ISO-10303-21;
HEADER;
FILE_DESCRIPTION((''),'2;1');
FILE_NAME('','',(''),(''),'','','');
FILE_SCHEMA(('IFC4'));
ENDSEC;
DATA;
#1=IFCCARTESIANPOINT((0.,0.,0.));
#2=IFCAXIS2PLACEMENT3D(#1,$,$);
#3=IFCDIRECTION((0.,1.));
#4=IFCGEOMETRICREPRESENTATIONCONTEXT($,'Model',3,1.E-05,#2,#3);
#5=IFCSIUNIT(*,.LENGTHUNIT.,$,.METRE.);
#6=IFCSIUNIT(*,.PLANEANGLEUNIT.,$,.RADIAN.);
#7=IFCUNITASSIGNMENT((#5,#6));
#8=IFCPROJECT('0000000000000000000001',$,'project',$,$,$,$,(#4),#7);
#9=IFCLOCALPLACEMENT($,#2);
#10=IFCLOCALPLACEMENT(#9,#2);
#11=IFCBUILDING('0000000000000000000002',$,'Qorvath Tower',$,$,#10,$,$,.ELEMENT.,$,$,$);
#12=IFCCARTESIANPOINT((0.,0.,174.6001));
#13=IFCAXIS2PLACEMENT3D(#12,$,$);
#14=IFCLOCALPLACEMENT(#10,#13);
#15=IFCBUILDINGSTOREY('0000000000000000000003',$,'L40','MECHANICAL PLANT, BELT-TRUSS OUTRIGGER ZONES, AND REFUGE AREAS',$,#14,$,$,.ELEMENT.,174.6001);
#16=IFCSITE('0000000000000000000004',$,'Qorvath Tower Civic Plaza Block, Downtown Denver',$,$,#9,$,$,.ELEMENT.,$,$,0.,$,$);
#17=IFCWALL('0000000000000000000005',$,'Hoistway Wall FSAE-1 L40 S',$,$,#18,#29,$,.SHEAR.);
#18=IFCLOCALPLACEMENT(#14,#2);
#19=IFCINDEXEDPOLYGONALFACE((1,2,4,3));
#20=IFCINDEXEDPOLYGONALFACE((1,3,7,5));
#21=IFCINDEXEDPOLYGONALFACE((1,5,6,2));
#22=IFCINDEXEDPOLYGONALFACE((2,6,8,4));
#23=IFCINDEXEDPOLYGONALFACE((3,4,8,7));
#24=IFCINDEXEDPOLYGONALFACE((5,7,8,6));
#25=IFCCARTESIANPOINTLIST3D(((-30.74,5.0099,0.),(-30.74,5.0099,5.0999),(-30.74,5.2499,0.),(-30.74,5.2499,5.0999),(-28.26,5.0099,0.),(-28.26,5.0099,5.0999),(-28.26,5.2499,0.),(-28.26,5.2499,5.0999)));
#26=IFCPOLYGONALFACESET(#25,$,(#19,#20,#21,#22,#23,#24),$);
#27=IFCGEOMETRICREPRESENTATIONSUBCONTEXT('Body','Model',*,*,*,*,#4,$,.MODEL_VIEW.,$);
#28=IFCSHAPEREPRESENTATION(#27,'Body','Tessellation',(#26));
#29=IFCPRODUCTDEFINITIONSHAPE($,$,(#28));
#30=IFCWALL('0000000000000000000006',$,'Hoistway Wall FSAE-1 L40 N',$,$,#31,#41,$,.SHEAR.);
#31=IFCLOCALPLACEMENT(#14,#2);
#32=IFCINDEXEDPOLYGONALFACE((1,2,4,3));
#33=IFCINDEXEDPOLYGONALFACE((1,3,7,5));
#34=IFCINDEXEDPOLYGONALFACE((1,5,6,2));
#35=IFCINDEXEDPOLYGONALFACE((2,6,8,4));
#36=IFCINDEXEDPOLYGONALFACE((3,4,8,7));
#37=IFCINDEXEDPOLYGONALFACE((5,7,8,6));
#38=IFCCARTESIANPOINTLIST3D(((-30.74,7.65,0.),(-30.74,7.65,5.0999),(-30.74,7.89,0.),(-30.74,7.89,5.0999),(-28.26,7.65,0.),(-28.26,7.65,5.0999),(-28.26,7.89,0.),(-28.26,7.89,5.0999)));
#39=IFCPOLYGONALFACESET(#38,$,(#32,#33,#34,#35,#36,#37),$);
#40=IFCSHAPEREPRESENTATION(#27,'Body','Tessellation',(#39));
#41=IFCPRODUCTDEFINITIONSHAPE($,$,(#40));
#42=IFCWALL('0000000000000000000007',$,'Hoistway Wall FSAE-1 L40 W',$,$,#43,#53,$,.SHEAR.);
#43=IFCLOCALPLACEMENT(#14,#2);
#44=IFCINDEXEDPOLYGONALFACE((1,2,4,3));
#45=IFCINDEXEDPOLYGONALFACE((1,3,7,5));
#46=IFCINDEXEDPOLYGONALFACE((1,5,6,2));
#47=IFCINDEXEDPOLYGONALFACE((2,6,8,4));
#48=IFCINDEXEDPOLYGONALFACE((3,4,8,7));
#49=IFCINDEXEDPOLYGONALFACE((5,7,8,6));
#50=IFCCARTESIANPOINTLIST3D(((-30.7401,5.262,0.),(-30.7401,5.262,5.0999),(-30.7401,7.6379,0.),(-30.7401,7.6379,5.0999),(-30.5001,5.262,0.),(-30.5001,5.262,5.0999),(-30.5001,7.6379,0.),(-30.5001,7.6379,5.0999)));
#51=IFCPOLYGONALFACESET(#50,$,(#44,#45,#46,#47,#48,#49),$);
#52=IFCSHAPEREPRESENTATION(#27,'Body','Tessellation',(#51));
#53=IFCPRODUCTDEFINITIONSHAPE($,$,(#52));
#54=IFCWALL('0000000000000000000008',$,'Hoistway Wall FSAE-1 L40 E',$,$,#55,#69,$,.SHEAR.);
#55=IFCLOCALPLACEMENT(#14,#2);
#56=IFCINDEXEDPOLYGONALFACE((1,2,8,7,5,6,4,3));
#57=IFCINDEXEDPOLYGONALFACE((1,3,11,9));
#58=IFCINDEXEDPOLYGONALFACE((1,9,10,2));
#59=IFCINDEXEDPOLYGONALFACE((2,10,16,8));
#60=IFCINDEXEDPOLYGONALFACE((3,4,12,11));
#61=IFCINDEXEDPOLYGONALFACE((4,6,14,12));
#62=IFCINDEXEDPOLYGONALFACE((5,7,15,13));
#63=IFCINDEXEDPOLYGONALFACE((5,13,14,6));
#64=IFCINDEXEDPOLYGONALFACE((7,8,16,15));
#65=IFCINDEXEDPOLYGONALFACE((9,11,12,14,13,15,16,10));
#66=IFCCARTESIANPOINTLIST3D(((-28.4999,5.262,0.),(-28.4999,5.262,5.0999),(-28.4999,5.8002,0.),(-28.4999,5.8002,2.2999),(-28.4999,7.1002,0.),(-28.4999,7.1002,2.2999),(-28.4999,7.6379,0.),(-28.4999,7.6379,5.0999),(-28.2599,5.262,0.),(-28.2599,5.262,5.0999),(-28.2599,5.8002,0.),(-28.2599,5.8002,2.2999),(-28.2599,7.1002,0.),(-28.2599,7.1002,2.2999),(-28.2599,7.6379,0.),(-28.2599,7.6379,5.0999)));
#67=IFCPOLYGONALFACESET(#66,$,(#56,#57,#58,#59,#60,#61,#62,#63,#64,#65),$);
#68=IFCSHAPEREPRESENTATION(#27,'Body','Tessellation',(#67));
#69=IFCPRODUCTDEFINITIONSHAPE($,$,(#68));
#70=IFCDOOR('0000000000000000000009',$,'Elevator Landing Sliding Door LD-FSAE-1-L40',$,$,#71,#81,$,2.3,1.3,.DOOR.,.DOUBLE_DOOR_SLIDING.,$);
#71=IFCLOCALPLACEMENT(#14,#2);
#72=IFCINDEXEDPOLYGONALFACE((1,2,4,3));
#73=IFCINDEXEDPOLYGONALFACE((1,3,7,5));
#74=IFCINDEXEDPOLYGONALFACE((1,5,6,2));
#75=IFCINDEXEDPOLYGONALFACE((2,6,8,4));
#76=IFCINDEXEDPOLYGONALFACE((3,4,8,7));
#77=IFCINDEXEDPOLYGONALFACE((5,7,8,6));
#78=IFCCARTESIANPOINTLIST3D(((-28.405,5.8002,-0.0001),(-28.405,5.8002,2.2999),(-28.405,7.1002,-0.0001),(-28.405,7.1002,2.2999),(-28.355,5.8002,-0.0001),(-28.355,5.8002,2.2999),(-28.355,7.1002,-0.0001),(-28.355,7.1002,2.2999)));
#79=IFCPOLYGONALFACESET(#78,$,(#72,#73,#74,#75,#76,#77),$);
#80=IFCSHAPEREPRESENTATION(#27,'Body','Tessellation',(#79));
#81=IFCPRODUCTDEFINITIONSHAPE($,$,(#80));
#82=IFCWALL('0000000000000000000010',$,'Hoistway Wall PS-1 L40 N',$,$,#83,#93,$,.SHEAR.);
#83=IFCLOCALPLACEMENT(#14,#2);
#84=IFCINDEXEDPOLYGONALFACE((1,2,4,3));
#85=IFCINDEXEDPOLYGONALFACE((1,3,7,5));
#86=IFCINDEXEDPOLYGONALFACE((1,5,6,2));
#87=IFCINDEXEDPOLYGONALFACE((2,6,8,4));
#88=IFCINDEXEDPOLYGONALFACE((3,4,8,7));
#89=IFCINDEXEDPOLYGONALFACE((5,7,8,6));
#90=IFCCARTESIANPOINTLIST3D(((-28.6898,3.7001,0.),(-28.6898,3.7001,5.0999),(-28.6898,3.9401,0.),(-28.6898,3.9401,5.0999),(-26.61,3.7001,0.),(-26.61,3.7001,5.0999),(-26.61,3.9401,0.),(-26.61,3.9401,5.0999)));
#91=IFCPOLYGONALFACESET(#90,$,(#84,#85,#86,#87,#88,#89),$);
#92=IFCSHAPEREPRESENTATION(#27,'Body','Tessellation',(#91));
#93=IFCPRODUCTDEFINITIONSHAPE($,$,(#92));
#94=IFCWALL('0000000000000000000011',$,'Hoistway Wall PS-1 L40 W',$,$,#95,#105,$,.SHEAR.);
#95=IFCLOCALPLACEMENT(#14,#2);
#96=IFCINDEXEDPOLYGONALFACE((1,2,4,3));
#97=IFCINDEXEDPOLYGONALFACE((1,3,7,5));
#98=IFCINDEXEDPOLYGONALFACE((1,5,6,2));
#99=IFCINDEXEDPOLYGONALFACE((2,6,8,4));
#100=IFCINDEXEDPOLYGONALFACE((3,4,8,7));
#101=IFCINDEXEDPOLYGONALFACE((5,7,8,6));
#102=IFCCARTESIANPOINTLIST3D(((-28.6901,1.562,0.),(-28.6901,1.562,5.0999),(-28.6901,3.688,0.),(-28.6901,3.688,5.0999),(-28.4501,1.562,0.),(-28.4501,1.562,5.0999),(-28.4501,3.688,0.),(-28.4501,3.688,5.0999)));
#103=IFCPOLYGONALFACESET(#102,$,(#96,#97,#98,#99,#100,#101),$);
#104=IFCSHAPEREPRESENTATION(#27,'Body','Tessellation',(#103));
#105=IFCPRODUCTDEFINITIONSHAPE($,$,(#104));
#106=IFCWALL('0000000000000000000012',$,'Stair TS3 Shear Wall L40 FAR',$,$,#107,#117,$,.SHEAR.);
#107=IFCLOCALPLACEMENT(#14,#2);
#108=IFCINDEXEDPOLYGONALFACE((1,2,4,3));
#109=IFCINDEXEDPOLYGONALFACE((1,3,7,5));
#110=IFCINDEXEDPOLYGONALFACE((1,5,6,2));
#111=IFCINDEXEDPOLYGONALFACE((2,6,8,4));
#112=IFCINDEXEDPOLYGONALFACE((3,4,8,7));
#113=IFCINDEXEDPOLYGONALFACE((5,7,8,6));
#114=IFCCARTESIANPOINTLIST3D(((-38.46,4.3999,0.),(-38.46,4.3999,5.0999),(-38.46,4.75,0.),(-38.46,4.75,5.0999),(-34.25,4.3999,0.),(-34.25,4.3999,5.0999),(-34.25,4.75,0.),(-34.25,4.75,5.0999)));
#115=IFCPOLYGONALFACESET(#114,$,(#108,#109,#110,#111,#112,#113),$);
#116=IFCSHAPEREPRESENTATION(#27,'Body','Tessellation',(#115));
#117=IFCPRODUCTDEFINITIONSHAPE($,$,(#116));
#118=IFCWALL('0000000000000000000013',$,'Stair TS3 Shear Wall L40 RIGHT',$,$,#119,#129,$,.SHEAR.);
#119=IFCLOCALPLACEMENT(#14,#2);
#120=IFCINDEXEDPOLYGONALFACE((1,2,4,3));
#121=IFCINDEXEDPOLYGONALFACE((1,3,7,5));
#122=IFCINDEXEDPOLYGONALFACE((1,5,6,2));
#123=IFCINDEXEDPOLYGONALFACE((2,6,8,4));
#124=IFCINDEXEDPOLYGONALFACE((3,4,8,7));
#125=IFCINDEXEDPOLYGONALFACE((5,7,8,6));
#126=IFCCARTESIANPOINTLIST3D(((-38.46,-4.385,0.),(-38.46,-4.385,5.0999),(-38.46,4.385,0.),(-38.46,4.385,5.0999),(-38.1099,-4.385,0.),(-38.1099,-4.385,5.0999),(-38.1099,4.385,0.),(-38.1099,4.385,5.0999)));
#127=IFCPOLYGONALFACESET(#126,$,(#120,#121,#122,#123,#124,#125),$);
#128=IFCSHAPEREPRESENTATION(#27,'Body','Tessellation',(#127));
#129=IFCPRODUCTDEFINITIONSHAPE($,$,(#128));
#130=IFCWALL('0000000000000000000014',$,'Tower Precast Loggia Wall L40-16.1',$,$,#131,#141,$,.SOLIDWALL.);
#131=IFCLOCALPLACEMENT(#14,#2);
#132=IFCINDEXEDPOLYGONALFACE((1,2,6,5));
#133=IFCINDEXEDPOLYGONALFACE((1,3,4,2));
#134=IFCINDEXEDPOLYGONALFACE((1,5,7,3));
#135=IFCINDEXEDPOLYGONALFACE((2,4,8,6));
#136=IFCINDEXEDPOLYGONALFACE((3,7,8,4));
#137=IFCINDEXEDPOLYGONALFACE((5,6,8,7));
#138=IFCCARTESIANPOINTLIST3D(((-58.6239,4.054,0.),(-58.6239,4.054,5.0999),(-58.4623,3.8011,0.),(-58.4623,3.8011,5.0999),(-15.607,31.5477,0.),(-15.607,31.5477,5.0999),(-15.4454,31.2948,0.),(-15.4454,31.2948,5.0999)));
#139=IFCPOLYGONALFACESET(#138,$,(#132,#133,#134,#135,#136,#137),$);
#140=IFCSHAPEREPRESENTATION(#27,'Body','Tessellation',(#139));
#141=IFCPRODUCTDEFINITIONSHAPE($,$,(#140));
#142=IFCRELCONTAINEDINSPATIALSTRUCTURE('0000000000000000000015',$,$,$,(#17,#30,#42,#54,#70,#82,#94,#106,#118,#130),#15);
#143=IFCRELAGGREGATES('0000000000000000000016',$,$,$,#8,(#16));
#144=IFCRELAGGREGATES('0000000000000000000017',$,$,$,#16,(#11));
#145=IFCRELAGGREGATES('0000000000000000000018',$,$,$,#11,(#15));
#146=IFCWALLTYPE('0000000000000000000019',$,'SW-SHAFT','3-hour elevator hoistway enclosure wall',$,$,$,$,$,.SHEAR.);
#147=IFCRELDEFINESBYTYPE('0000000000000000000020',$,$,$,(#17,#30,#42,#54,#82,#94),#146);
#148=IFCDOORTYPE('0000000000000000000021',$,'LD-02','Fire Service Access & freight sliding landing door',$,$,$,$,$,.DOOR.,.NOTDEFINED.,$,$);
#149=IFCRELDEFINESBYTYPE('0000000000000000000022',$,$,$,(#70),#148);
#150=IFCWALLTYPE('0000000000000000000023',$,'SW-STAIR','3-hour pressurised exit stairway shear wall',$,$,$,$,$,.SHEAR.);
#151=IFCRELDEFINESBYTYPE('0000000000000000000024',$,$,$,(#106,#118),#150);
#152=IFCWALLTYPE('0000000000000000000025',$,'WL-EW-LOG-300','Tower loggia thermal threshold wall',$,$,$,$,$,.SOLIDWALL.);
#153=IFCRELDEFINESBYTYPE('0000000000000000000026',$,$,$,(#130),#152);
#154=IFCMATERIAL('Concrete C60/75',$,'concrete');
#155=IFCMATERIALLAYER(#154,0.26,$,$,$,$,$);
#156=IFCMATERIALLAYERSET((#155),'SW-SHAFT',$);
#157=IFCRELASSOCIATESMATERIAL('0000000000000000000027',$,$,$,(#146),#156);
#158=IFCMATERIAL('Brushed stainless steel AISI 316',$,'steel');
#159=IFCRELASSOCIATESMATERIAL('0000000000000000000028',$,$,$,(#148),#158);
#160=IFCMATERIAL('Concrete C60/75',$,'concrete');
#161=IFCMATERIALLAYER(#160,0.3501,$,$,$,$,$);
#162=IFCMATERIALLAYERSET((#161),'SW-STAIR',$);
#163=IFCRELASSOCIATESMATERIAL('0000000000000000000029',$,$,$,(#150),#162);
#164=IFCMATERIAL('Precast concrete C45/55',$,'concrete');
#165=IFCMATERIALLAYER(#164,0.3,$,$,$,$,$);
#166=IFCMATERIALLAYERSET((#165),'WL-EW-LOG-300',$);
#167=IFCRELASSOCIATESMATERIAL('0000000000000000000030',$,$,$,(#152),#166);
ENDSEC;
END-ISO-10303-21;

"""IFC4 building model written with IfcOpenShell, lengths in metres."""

from ifc_helpers import new_model, si_unit, direction, frame, frame_2d, origin, place, context, subcontext, project, spatial, rectangle, extrude, material, layer, layer_set, type_object, element, fill, save


model = new_model("IFC4")

# Units and contexts
model_context = context("Model", 3, precision=1e-05, world=origin(), true_north=direction((0.0, 1.0)))
body_context = subcontext(model_context, "Body", "Model", "MODEL_VIEW")
ifc_project = project(units=[si_unit("LENGTHUNIT", "METRE"), si_unit("PLANEANGLEUNIT", "RADIAN")], contexts=[model_context])

# Site, building, storey
site_placement = place(None, origin())
site = spatial("IfcSite", under=ifc_project, at=site_placement, Name="Qorvath Tower Civic Plaza Block, Downtown Denver", CompositionType="ELEMENT", RefElevation=0.0)
building_placement = place(site_placement, origin())
building = spatial("IfcBuilding", under=site, at=building_placement, Name="Qorvath Tower", CompositionType="ELEMENT")
storey_placement = place(building_placement, frame((0.0, 0.0, 174.6001)))
storey = spatial("IfcBuildingStorey", under=building, at=storey_placement, Name="L40", Description="MECHANICAL PLANT, BELT-TRUSS OUTRIGGER ZONES, AND REFUGE AREAS", CompositionType="ELEMENT", Elevation=174.6001)

# Walls
ifc_material_1 = material(Name="Concrete C60/75", Category="concrete")
ifc_layer_1 = layer(ifc_material_1, 0.26)
ifc_layer_set_1 = layer_set([ifc_layer_1], Name="SW-SHAFT")
wall_type_1 = type_object("IfcWallType", Name="SW-SHAFT", Description="3-hour elevator hoistway enclosure wall", PredefinedType="SHEAR", material=ifc_layer_set_1)
for number, where, z_axis, x_axis, name in (
    (1, (-28.26, 5.1299, 0.0), (0.0, 0.0, 1.0), (-1.0, 0.0, 0.0), "Hoistway Wall FSAE-1 L40 S"),
    (2, (-30.74, 7.77, 0.0), (0.0, 0.0, 1.0), (1.0, 0.0, 0.0), "Hoistway Wall FSAE-1 L40 N"),
):
    element("IfcWall", number, at=place(storey_placement, frame(where, z_axis=z_axis, x_axis=x_axis)), inside=storey, type_object=wall_type_1, Name=name, PredefinedType="SHEAR", context=body_context, shape_type="SweptSolid", body=[
        extrude(rectangle(XDim=2.48, YDim=0.24, at=frame_2d((1.24, 0.0))), origin(), (0.0, 0.0, 1.0), 5.0999),
    ])
wall_1_placement = place(storey_placement, frame((-30.6201, 5.262, 0.0), z_axis=(0.0, 0.0, 1.0), x_axis=(0.0, 1.0, 0.0)))
element("IfcWall", 3, at=wall_1_placement, inside=storey, type_object=wall_type_1, Name="Hoistway Wall FSAE-1 L40 W", PredefinedType="SHEAR", context=body_context, shape_type="SweptSolid", body=[
    extrude(rectangle(XDim=2.376, YDim=0.24, at=frame_2d((1.188, 0.0))), origin(), (0.0, 0.0, 1.0), 5.0999),
])

# Wall, opening, door
wall_2_placement = place(storey_placement, frame((-28.3799, 7.6379, 0.0), z_axis=(0.0, 0.0, 1.0), x_axis=(0.0, -1.0, 0.0)))
wall_2 = element("IfcWall", 4, at=wall_2_placement, inside=storey, type_object=wall_type_1, Name="Hoistway Wall FSAE-1 L40 E", PredefinedType="SHEAR", context=body_context, shape_type="SweptSolid", body=[
    extrude(rectangle(XDim=2.376, YDim=0.24, at=frame_2d((1.188, 0.0))), origin(), (0.0, 0.0, 1.0), 5.0999),
])
opening_placement = place(wall_2_placement, frame((0.5378, 0.0, 0.0)))
opening = element("IfcOpeningElement", 5, at=opening_placement, cuts=wall_2, PredefinedType="OPENING", context=body_context, shape_type="SweptSolid", body=[
    extrude(rectangle(XDim=1.3, YDim=2.3, at=frame_2d((0.6499, 1.1499))), frame((0.0, 0.1299, 0.0), z_axis=(0.0, -1.0, 0.0), x_axis=(1.0, 0.0, 0.0)), (0.0, 0.0, 1.0), 0.26),
])
ifc_material_2 = material(Name="Brushed stainless steel AISI 316", Category="steel")
door_type = type_object("IfcDoorType", Name="LD-02", Description="Fire Service Access & freight sliding landing door", OperationType="NOTDEFINED", PredefinedType="DOOR", material=ifc_material_2)
door_placement = place(opening_placement, origin())
door = element("IfcDoor", 6, at=door_placement, inside=storey, type_object=door_type, Name="Elevator Landing Sliding Door LD-FSAE-1-L40", OperationType="DOUBLE_DOOR_SLIDING", OverallHeight=2.3, OverallWidth=1.3, PredefinedType="DOOR", context=body_context, shape_type="SweptSolid", body=[
    extrude(rectangle(XDim=1.3, YDim=2.3, at=frame_2d((0.6499, 1.1499))), frame((0.0, 0.0249, 0.0), z_axis=(0.0, -1.0, 0.0), x_axis=(1.0, 0.0, 0.0)), (0.0, 0.0, 1.0), 0.05),
])
fill(opening, door)

# Walls
wall_3_placement = place(storey_placement, frame((-28.6899, 3.8201, 0.0), z_axis=(0.0, 0.0, 1.0), x_axis=(1.0, 0.0, 0.0)))
element("IfcWall", 7, at=wall_3_placement, inside=storey, type_object=wall_type_1, Name="Hoistway Wall PS-1 L40 N", PredefinedType="SHEAR", context=body_context, shape_type="SweptSolid", body=[
    extrude(rectangle(XDim=2.0798, YDim=0.24, at=frame_2d((1.04, 0.0))), origin(), (0.0, 0.0, 1.0), 5.0999),
])
wall_4_placement = place(storey_placement, frame((-28.5701, 1.562, 0.0), z_axis=(0.0, 0.0, 1.0), x_axis=(0.0, 1.0, 0.0)))
element("IfcWall", 8, at=wall_4_placement, inside=storey, type_object=wall_type_1, Name="Hoistway Wall PS-1 L40 W", PredefinedType="SHEAR", context=body_context, shape_type="SweptSolid", body=[
    extrude(rectangle(XDim=2.126, YDim=0.24, at=frame_2d((1.063, 0.0))), origin(), (0.0, 0.0, 1.0), 5.0999),
])
ifc_material_3 = material(Name="Concrete C60/75", Category="concrete")
ifc_layer_2 = layer(ifc_material_3, 0.3501)
ifc_layer_set_2 = layer_set([ifc_layer_2], Name="SW-STAIR")
wall_type_2 = type_object("IfcWallType", Name="SW-STAIR", Description="3-hour pressurised exit stairway shear wall", PredefinedType="SHEAR", material=ifc_layer_set_2)
wall_5_placement = place(storey_placement, frame((-34.25, 4.575, 0.0), z_axis=(0.0, 0.0, 1.0), x_axis=(-1.0, 0.0, 0.0)))
element("IfcWall", 9, at=wall_5_placement, inside=storey, type_object=wall_type_2, Name="Stair TS3 Shear Wall L40 FAR", PredefinedType="SHEAR", context=body_context, shape_type="SweptSolid", body=[
    extrude(rectangle(XDim=4.21, YDim=0.3501, at=frame_2d((2.105, 0.0))), origin(), (0.0, 0.0, 1.0), 5.0999),
])
wall_6_placement = place(storey_placement, frame((-38.2849, 4.385, 0.0), z_axis=(0.0, 0.0, 1.0), x_axis=(0.0, -1.0, 0.0)))
element("IfcWall", 10, at=wall_6_placement, inside=storey, type_object=wall_type_2, Name="Stair TS3 Shear Wall L40 RIGHT", PredefinedType="SHEAR", context=body_context, shape_type="SweptSolid", body=[
    extrude(rectangle(XDim=8.77, YDim=0.3501, at=frame_2d((4.385, 0.0))), origin(), (0.0, 0.0, 1.0), 5.0999),
])
ifc_material_4 = material(Name="Precast concrete C45/55", Category="concrete")
ifc_layer_3 = layer(ifc_material_4, 0.3)
ifc_layer_set_3 = layer_set([ifc_layer_3], Name="WL-EW-LOG-300")
wall_type_3 = type_object("IfcWallType", Name="WL-EW-LOG-300", Description="Tower loggia thermal threshold wall", PredefinedType="SOLIDWALL", material=ifc_layer_set_3)
wall_7_placement = place(storey_placement, frame((-58.5432, 3.9275, 0.0), z_axis=(0.0, 0.0, 1.0), x_axis=(0.842601, 0.538538, 0.0)))
element("IfcWall", 11, at=wall_7_placement, inside=storey, type_object=wall_type_3, Name="Tower Precast Loggia Wall L40-16.1", PredefinedType="SOLIDWALL", context=body_context, shape_type="SweptSolid", body=[
    extrude(rectangle(XDim=51.0525, YDim=0.3, at=frame_2d((25.5264, 0.0))), origin(), (0.0, 0.0, 1.0), 5.0999),
])

save(model, "model.ifc")
